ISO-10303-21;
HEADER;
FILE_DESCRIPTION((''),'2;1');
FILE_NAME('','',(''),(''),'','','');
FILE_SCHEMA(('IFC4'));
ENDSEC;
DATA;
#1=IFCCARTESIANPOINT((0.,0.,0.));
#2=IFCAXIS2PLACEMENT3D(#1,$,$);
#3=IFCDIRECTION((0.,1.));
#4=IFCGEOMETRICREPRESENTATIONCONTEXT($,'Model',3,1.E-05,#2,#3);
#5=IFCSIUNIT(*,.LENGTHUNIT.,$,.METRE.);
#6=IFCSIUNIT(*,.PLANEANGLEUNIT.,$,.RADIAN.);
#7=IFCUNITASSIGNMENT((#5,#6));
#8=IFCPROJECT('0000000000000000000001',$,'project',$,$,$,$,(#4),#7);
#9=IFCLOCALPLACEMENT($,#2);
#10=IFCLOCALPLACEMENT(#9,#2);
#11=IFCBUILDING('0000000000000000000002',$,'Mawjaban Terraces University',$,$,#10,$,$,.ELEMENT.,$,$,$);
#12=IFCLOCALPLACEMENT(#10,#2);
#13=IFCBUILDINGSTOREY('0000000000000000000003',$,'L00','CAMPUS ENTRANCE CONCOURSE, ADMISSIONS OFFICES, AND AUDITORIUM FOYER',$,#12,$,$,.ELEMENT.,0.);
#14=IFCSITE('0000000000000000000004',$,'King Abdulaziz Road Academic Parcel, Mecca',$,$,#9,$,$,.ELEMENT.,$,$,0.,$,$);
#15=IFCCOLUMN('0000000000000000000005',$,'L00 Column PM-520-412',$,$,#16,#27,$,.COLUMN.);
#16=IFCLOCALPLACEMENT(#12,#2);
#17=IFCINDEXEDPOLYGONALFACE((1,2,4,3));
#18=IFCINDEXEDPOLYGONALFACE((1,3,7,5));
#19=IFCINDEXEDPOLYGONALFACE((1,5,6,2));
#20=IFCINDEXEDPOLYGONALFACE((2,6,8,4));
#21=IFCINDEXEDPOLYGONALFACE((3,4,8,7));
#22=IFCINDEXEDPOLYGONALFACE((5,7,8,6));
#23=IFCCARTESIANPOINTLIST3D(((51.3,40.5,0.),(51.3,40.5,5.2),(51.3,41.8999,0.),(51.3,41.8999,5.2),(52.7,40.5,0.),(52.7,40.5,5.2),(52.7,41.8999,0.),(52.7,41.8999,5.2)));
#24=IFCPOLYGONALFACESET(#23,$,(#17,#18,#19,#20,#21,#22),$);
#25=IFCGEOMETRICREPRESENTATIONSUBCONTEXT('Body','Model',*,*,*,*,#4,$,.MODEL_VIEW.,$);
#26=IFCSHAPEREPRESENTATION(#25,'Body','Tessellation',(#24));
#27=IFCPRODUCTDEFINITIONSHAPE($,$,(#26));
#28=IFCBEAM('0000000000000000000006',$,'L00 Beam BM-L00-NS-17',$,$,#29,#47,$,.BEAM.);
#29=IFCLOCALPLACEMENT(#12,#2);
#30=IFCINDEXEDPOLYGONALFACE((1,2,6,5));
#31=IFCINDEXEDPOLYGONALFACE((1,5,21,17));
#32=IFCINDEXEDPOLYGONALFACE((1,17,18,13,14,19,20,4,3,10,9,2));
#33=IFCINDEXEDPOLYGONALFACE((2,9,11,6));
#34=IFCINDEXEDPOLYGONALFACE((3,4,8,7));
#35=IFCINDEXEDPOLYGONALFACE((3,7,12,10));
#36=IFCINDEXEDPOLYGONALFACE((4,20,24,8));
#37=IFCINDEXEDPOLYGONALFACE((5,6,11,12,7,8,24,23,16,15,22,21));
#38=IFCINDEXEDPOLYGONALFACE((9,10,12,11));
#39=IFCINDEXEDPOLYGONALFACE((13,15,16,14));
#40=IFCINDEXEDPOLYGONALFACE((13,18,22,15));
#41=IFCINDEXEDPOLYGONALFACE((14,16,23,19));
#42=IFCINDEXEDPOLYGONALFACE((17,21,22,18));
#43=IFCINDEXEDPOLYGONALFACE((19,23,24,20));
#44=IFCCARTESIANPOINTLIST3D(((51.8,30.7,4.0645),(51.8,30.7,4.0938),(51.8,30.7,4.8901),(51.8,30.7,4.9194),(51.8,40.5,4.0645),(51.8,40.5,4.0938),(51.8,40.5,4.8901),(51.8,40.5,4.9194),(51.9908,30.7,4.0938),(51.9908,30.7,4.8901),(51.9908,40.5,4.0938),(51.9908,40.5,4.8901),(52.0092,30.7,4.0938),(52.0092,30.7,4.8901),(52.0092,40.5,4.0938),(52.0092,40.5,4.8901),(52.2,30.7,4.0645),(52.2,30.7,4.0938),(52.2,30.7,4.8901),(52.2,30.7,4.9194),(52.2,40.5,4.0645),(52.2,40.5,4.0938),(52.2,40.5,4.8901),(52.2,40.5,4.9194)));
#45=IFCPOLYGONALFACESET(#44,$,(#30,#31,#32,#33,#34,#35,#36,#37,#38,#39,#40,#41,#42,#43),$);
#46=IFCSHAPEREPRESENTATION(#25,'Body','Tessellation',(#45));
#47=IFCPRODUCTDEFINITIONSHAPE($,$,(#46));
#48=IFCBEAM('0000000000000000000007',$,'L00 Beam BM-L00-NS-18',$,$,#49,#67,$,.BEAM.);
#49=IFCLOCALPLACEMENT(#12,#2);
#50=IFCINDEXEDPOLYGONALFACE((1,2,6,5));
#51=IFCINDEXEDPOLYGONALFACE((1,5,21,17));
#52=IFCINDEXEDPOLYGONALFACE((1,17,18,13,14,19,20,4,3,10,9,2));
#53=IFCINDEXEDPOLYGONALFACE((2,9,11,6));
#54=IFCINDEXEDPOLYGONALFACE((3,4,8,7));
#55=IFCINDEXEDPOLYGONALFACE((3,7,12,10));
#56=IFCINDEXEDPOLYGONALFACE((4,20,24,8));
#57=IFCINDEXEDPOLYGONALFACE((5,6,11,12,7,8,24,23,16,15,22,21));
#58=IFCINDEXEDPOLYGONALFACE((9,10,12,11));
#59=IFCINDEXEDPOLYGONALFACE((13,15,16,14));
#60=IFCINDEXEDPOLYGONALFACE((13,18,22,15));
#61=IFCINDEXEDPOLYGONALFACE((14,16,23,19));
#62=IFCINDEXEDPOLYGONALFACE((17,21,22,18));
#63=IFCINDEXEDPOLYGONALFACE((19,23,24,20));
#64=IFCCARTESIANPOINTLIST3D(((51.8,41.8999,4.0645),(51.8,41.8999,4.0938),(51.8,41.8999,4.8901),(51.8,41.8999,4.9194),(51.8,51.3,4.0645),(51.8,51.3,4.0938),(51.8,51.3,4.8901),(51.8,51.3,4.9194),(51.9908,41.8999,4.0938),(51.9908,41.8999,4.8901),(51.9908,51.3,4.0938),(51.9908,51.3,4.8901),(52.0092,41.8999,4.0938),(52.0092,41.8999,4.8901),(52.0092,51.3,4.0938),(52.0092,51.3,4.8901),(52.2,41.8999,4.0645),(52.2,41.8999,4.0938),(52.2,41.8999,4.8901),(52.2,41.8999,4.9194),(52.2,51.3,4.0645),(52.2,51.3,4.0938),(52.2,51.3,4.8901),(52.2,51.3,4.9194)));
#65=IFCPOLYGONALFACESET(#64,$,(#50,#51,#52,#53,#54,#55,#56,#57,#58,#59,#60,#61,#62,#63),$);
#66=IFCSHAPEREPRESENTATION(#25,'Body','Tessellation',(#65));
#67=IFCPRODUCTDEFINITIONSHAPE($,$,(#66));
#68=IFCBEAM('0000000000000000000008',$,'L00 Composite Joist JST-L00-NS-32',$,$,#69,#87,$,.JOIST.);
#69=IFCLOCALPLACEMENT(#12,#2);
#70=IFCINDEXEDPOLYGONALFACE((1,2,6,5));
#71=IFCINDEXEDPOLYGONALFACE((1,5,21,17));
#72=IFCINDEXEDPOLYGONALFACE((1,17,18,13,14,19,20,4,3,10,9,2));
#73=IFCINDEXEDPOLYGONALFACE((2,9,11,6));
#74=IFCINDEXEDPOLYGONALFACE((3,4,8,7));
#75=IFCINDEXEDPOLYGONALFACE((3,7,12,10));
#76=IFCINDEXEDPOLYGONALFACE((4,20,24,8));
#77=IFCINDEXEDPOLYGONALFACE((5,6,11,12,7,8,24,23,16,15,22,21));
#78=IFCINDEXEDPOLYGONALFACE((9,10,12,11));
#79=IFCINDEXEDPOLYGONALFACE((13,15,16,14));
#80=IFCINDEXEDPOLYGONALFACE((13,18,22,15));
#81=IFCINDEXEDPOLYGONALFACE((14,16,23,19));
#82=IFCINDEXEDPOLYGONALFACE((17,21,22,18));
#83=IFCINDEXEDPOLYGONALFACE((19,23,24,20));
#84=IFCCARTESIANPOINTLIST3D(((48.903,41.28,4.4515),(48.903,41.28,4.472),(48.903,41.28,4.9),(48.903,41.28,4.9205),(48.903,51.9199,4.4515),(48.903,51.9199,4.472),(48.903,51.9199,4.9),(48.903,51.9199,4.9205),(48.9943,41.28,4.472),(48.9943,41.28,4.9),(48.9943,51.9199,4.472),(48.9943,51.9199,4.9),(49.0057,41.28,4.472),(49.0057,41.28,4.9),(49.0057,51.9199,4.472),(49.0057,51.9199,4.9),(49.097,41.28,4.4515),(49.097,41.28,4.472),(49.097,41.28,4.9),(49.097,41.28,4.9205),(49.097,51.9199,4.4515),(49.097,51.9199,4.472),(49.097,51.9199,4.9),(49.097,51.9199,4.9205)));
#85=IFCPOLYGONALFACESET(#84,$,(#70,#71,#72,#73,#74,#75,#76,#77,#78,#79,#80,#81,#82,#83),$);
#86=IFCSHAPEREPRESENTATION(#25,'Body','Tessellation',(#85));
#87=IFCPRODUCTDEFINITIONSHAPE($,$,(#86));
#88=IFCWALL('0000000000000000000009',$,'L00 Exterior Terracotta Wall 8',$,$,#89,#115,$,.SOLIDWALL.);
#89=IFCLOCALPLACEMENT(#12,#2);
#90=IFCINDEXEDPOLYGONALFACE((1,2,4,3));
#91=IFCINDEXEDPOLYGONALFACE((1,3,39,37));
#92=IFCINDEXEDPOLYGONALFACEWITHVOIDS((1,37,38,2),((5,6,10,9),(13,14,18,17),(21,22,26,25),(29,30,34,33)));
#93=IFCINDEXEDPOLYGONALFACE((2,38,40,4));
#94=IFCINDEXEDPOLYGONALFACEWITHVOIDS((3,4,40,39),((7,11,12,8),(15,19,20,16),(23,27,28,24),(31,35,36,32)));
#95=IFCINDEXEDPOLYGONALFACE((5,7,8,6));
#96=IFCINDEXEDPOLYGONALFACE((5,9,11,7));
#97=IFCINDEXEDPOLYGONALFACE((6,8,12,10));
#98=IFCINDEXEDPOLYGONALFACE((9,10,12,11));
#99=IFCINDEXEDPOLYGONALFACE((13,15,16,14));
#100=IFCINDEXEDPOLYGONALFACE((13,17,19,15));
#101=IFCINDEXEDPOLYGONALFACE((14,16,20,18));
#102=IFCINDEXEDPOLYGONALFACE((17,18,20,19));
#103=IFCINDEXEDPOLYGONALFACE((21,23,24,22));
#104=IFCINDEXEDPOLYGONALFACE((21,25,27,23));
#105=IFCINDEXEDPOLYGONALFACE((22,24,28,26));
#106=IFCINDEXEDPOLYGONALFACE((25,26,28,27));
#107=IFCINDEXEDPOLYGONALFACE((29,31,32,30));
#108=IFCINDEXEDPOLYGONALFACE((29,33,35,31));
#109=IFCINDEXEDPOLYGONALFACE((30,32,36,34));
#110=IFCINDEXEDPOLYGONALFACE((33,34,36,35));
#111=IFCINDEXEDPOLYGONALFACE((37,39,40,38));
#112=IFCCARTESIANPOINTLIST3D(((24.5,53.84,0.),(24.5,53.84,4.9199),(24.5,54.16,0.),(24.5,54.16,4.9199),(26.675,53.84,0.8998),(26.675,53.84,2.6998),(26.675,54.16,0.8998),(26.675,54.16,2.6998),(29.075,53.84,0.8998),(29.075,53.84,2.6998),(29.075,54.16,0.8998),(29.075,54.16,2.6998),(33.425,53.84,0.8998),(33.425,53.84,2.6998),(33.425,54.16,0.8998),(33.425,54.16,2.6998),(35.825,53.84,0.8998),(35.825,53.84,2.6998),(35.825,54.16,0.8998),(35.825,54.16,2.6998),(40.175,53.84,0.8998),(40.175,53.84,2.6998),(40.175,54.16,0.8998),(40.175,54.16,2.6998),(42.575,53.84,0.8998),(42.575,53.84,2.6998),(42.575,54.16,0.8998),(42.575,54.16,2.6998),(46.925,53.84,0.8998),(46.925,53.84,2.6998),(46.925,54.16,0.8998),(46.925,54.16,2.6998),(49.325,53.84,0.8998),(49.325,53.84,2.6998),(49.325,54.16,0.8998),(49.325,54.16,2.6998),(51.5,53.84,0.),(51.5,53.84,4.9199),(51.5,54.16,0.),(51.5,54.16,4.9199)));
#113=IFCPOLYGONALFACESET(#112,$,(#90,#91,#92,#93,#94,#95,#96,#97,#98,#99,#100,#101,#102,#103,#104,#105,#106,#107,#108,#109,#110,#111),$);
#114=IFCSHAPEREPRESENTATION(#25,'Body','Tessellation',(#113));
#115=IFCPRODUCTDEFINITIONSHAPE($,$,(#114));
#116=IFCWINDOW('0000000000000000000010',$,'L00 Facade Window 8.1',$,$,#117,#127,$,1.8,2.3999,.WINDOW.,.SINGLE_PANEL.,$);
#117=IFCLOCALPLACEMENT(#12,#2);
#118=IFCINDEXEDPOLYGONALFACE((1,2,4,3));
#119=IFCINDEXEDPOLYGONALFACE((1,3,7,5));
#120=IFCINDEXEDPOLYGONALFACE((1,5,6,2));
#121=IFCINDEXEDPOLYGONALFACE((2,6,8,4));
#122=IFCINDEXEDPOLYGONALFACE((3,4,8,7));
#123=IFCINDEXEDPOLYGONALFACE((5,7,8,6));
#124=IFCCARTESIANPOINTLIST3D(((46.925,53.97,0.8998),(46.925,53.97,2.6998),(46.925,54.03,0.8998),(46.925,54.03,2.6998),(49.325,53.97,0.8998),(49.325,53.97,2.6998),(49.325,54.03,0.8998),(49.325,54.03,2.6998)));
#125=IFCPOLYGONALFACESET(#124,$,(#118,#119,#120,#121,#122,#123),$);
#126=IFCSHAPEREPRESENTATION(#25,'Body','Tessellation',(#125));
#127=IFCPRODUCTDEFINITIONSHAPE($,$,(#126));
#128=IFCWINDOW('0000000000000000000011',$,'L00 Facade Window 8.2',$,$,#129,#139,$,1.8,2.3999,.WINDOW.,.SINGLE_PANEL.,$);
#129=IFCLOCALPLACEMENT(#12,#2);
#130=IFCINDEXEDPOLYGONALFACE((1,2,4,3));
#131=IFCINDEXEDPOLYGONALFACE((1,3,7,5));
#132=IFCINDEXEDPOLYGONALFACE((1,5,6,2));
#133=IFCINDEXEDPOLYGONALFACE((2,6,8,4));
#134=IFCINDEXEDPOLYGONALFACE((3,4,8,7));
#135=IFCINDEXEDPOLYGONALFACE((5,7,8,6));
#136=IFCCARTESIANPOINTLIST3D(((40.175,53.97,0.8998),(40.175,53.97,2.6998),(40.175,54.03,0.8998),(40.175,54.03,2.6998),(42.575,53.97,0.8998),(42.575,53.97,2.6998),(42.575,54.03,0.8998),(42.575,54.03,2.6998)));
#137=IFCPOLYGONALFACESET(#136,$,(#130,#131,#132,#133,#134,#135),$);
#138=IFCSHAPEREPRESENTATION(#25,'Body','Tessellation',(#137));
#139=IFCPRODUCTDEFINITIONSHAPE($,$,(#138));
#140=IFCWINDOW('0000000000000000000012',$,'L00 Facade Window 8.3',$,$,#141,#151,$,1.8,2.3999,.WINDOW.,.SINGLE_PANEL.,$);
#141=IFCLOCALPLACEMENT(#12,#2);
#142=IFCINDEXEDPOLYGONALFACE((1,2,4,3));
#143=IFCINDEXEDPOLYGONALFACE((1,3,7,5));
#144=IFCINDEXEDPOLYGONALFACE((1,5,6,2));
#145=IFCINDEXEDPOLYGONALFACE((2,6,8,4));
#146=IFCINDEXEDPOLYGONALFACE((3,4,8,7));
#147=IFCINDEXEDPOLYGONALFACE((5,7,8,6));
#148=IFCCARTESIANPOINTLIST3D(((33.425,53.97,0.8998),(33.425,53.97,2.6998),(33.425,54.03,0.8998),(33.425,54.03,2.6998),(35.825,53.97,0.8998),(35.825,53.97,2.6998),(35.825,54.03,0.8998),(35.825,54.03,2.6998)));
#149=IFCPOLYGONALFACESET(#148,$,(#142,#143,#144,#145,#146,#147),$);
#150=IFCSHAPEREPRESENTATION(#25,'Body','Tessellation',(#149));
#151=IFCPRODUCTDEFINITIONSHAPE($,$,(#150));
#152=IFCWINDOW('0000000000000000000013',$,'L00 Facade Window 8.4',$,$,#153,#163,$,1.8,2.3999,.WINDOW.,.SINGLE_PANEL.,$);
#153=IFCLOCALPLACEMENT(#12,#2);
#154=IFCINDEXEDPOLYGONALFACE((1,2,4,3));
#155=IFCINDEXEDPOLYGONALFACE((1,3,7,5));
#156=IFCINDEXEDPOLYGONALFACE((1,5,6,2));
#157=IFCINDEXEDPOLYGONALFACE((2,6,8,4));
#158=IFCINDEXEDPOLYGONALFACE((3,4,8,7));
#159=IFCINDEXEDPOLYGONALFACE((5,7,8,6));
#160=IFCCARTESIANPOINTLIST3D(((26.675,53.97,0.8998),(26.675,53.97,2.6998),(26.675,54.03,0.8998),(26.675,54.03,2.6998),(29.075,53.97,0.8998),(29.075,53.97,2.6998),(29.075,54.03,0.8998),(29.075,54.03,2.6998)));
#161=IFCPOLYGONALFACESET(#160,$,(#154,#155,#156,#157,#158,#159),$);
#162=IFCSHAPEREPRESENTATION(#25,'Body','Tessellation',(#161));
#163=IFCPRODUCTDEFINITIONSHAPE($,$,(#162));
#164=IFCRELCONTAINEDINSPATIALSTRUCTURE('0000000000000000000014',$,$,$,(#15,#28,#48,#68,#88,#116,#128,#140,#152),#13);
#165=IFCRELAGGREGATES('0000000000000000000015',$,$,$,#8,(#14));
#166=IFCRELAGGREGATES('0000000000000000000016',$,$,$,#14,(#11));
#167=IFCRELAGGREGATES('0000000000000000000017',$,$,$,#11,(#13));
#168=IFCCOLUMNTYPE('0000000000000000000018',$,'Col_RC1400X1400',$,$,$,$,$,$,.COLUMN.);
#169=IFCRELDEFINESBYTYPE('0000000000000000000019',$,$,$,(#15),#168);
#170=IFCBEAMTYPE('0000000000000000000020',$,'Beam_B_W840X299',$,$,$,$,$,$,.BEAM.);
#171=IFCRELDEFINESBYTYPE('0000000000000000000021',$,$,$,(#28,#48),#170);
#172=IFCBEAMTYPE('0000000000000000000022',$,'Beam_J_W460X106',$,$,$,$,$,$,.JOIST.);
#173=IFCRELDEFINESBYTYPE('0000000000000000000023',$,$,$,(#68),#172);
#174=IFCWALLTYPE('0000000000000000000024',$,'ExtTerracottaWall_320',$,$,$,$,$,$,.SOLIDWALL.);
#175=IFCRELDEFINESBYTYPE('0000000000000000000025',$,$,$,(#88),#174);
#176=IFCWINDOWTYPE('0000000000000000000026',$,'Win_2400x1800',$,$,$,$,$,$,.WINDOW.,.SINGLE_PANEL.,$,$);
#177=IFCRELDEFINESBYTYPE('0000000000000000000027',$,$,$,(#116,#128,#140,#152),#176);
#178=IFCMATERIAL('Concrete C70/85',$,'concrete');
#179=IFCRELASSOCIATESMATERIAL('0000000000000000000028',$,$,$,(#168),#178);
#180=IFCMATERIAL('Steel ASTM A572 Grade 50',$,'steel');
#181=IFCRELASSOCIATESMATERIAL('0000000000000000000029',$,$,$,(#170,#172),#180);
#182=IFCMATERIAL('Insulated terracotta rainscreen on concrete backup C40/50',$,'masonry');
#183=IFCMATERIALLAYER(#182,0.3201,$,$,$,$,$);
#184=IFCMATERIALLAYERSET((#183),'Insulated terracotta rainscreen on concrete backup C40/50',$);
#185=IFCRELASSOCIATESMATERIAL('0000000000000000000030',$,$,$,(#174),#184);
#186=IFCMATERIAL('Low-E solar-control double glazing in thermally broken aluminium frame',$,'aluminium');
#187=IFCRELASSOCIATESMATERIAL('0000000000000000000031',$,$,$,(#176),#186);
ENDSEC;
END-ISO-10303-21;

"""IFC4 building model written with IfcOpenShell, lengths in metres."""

from ifc_helpers import new_model, si_unit, direction, frame, frame_2d, origin, origin_2d, place, context, subcontext, project, spatial, rectangle, i_section, extrude, material, layer, layer_set, material_profile, profile_set, type_object, element, fill, save


model = new_model("IFC4")

# Units and contexts
model_context = context("Model", 3, precision=1e-05, world=origin(), true_north=direction((0.0, 1.0)))
body_context = subcontext(model_context, "Body", "Model", "MODEL_VIEW")
ifc_project = project(units=[si_unit("LENGTHUNIT", "METRE"), si_unit("PLANEANGLEUNIT", "RADIAN")], contexts=[model_context])

# Site, building, storey
site_placement = place(None, origin())
site = spatial("IfcSite", under=ifc_project, at=site_placement, Name="King Abdulaziz Road Academic Parcel, Mecca", CompositionType="ELEMENT", RefElevation=0.0)
building_placement = place(site_placement, origin())
building = spatial("IfcBuilding", under=site, at=building_placement, Name="Mawjaban Terraces University", CompositionType="ELEMENT")
storey_placement = place(building_placement, origin())
storey = spatial("IfcBuildingStorey", under=building, at=storey_placement, Name="L00", Description="CAMPUS ENTRANCE CONCOURSE, ADMISSIONS OFFICES, AND AUDITORIUM FOYER", CompositionType="ELEMENT", Elevation=0.0)

# Column
ifc_material_1 = material(Name="Concrete C70/85", Category="concrete")
ifc_material_profile_1 = material_profile(ifc_material_1, rectangle(XDim=1.3999, YDim=1.3999, at=origin_2d()), Name="RC1400X1400")
ifc_profile_set_1 = profile_set([ifc_material_profile_1], Name="Concrete C70/85")
column_type = type_object("IfcColumnType", Name="Col_RC1400X1400", PredefinedType="COLUMN", material=ifc_profile_set_1)
column_placement = place(storey_placement, frame((52.0, 41.2, 0.0), z_axis=(0.0, 0.0, 1.0), x_axis=(1.0, 0.0, 0.0)))
element("IfcColumn", 1, at=column_placement, inside=storey, type_object=column_type, Name="L00 Column PM-520-412", PredefinedType="COLUMN", context=body_context, shape_type="SweptSolid", body=[
    extrude(rectangle(XDim=1.3999, YDim=1.3999, at=origin_2d()), origin(), (0.0, 0.0, 1.0), 5.2),
])

# Beams
ifc_material_2 = material(Name="Steel ASTM A572 Grade 50", Category="steel")
ifc_material_profile_2 = material_profile(ifc_material_2, i_section(OverallWidth=0.3999, OverallDepth=0.855, WebThickness=0.0183, FlangeThickness=0.0293, at=origin_2d()), Name="W840X299")
ifc_profile_set_2 = profile_set([ifc_material_profile_2], Name="Steel ASTM A572 Grade 50")
beam_type_1 = type_object("IfcBeamType", Name="Beam_B_W840X299", PredefinedType="BEAM", material=ifc_profile_set_2)
beam_1_placement = place(storey_placement, frame((52.0, 30.7, 4.4919), z_axis=(0.0, 1.0, 0.0), x_axis=(-1.0, 0.0, 0.0)))
element("IfcBeam", 2, at=beam_1_placement, inside=storey, type_object=beam_type_1, Name="L00 Beam BM-L00-NS-17", PredefinedType="BEAM", context=body_context, shape_type="SweptSolid", body=[
    extrude(i_section(OverallWidth=0.3999, OverallDepth=0.855, WebThickness=0.0183, FlangeThickness=0.0293, at=origin_2d()), origin(), (0.0, 0.0, 1.0), 9.8),
])
beam_2_placement = place(storey_placement, frame((52.0, 41.8999, 4.4919), z_axis=(0.0, 1.0, 0.0), x_axis=(-1.0, 0.0, 0.0)))
element("IfcBeam", 3, at=beam_2_placement, inside=storey, type_object=beam_type_1, Name="L00 Beam BM-L00-NS-18", PredefinedType="BEAM", context=body_context, shape_type="SweptSolid", body=[
    extrude(i_section(OverallWidth=0.3999, OverallDepth=0.855, WebThickness=0.0183, FlangeThickness=0.0293, at=origin_2d()), origin(), (0.0, 0.0, 1.0), 9.4001),
])
ifc_material_profile_3 = material_profile(ifc_material_2, i_section(OverallWidth=0.1941, OverallDepth=0.469, WebThickness=0.0115, FlangeThickness=0.0205, at=origin_2d()), Name="W460X106")
ifc_profile_set_3 = profile_set([ifc_material_profile_3], Name="Steel ASTM A572 Grade 50")
beam_type_2 = type_object("IfcBeamType", Name="Beam_J_W460X106", PredefinedType="JOIST", material=ifc_profile_set_3)
beam_3_placement = place(storey_placement, frame((49.0, 41.28, 4.686), z_axis=(0.0, 1.0, 0.0), x_axis=(-1.0, 0.0, 0.0)))
element("IfcBeam", 4, at=beam_3_placement, inside=storey, type_object=beam_type_2, Name="L00 Composite Joist JST-L00-NS-32", PredefinedType="JOIST", context=body_context, shape_type="SweptSolid", body=[
    extrude(i_section(OverallWidth=0.1941, OverallDepth=0.469, WebThickness=0.0115, FlangeThickness=0.0205, at=origin_2d()), origin(), (0.0, 0.0, 1.0), 10.6399),
])

# Wall, openings, windows
ifc_material_3 = material(Name="Insulated terracotta rainscreen on concrete backup C40/50", Category="masonry")
ifc_layer_1 = layer(ifc_material_3, 0.3201)
ifc_layer_set_1 = layer_set([ifc_layer_1], Name="Insulated terracotta rainscreen on concrete backup C40/50")
wall_type_1 = type_object("IfcWallType", Name="ExtTerracottaWall_320", PredefinedType="SOLIDWALL", material=ifc_layer_set_1)
wall_1_placement = place(storey_placement, frame((51.5, 54.0, 0.0), z_axis=(0.0, 0.0, 1.0), x_axis=(-1.0, 0.0, 0.0)))
wall_1 = element("IfcWall", 5, at=wall_1_placement, inside=storey, type_object=wall_type_1, Name="L00 Exterior Terracotta Wall 8", PredefinedType="SOLIDWALL", context=body_context, shape_type="SweptSolid", body=[
    extrude(rectangle(XDim=27.0, YDim=0.3201, at=frame_2d((13.5, 0.0))), origin(), (0.0, 0.0, 1.0), 4.9199),
])
opening_1_placement = place(wall_1_placement, frame((2.175, 0.0, 0.8999)))
opening_1 = element("IfcOpeningElement", 6, at=opening_1_placement, cuts=wall_1, PredefinedType="OPENING", context=body_context, shape_type="SweptSolid", body=[
    extrude(rectangle(XDim=2.3999, YDim=1.8, at=frame_2d((1.2, 0.8999))), frame((0.0, 0.1699, 0.0), z_axis=(0.0, -1.0, 0.0), x_axis=(1.0, 0.0, 0.0)), (0.0, 0.0, 1.0), 0.3401),
])
opening_2_placement = place(wall_1_placement, frame((8.925, 0.0, 0.8999)))
opening_2 = element("IfcOpeningElement", 7, at=opening_2_placement, cuts=wall_1, PredefinedType="OPENING", context=body_context, shape_type="SweptSolid", body=[
    extrude(rectangle(XDim=2.3999, YDim=1.8, at=frame_2d((1.2, 0.8999))), frame((0.0, 0.1699, 0.0), z_axis=(0.0, -1.0, 0.0), x_axis=(1.0, 0.0, 0.0)), (0.0, 0.0, 1.0), 0.3401),
])
opening_3_placement = place(wall_1_placement, frame((15.675, 0.0, 0.8999)))
opening_3 = element("IfcOpeningElement", 8, at=opening_3_placement, cuts=wall_1, PredefinedType="OPENING", context=body_context, shape_type="SweptSolid", body=[
    extrude(rectangle(XDim=2.3999, YDim=1.8, at=frame_2d((1.2, 0.8999))), frame((0.0, 0.1699, 0.0), z_axis=(0.0, -1.0, 0.0), x_axis=(1.0, 0.0, 0.0)), (0.0, 0.0, 1.0), 0.3401),
])
opening_4_placement = place(wall_1_placement, frame((22.425, 0.0, 0.8999)))
opening_4 = element("IfcOpeningElement", 9, at=opening_4_placement, cuts=wall_1, PredefinedType="OPENING", context=body_context, shape_type="SweptSolid", body=[
    extrude(rectangle(XDim=2.3999, YDim=1.8, at=frame_2d((1.2, 0.8999))), frame((0.0, 0.1699, 0.0), z_axis=(0.0, -1.0, 0.0), x_axis=(1.0, 0.0, 0.0)), (0.0, 0.0, 1.0), 0.3401),
])
ifc_material_4 = material(Name="Low-E solar-control double glazing in thermally broken aluminium frame", Category="aluminium")
window_type = type_object("IfcWindowType", Name="Win_2400x1800", PartitioningType="SINGLE_PANEL", PredefinedType="WINDOW", material=ifc_material_4)
window_1_placement = place(opening_1_placement, origin())
window_1 = element("IfcWindow", 10, at=window_1_placement, inside=storey, type_object=window_type, Name="L00 Facade Window 8.1", OverallHeight=1.8, OverallWidth=2.3999, PartitioningType="SINGLE_PANEL", PredefinedType="WINDOW", context=body_context, shape_type="SweptSolid", body=[
    extrude(rectangle(XDim=2.3999, YDim=1.8, at=frame_2d((1.2, 0.8999))), frame((0.0, 0.03, 0.0), z_axis=(0.0, -1.0, 0.0), x_axis=(1.0, 0.0, 0.0)), (0.0, 0.0, 1.0), 0.0601),
])
fill(opening_1, window_1)
window_2_placement = place(opening_2_placement, origin())
window_2 = element("IfcWindow", 11, at=window_2_placement, inside=storey, type_object=window_type, Name="L00 Facade Window 8.2", OverallHeight=1.8, OverallWidth=2.3999, PartitioningType="SINGLE_PANEL", PredefinedType="WINDOW", context=body_context, shape_type="SweptSolid", body=[
    extrude(rectangle(XDim=2.3999, YDim=1.8, at=frame_2d((1.2, 0.8999))), frame((0.0, 0.03, 0.0), z_axis=(0.0, -1.0, 0.0), x_axis=(1.0, 0.0, 0.0)), (0.0, 0.0, 1.0), 0.0601),
])
fill(opening_2, window_2)
window_3_placement = place(opening_3_placement, origin())
window_3 = element("IfcWindow", 12, at=window_3_placement, inside=storey, type_object=window_type, Name="L00 Facade Window 8.3", OverallHeight=1.8, OverallWidth=2.3999, PartitioningType="SINGLE_PANEL", PredefinedType="WINDOW", context=body_context, shape_type="SweptSolid", body=[
    extrude(rectangle(XDim=2.3999, YDim=1.8, at=frame_2d((1.2, 0.8999))), frame((0.0, 0.03, 0.0), z_axis=(0.0, -1.0, 0.0), x_axis=(1.0, 0.0, 0.0)), (0.0, 0.0, 1.0), 0.0601),
])
fill(opening_3, window_3)
window_4_placement = place(opening_4_placement, origin())
window_4 = element("IfcWindow", 13, at=window_4_placement, inside=storey, type_object=window_type, Name="L00 Facade Window 8.4", OverallHeight=1.8, OverallWidth=2.3999, PartitioningType="SINGLE_PANEL", PredefinedType="WINDOW", context=body_context, shape_type="SweptSolid", body=[
    extrude(rectangle(XDim=2.3999, YDim=1.8, at=frame_2d((1.2, 0.8999))), frame((0.0, 0.03, 0.0), z_axis=(0.0, -1.0, 0.0), x_axis=(1.0, 0.0, 0.0)), (0.0, 0.0, 1.0), 0.0601),
])
fill(opening_4, window_4)

save(model, "model.ifc")
